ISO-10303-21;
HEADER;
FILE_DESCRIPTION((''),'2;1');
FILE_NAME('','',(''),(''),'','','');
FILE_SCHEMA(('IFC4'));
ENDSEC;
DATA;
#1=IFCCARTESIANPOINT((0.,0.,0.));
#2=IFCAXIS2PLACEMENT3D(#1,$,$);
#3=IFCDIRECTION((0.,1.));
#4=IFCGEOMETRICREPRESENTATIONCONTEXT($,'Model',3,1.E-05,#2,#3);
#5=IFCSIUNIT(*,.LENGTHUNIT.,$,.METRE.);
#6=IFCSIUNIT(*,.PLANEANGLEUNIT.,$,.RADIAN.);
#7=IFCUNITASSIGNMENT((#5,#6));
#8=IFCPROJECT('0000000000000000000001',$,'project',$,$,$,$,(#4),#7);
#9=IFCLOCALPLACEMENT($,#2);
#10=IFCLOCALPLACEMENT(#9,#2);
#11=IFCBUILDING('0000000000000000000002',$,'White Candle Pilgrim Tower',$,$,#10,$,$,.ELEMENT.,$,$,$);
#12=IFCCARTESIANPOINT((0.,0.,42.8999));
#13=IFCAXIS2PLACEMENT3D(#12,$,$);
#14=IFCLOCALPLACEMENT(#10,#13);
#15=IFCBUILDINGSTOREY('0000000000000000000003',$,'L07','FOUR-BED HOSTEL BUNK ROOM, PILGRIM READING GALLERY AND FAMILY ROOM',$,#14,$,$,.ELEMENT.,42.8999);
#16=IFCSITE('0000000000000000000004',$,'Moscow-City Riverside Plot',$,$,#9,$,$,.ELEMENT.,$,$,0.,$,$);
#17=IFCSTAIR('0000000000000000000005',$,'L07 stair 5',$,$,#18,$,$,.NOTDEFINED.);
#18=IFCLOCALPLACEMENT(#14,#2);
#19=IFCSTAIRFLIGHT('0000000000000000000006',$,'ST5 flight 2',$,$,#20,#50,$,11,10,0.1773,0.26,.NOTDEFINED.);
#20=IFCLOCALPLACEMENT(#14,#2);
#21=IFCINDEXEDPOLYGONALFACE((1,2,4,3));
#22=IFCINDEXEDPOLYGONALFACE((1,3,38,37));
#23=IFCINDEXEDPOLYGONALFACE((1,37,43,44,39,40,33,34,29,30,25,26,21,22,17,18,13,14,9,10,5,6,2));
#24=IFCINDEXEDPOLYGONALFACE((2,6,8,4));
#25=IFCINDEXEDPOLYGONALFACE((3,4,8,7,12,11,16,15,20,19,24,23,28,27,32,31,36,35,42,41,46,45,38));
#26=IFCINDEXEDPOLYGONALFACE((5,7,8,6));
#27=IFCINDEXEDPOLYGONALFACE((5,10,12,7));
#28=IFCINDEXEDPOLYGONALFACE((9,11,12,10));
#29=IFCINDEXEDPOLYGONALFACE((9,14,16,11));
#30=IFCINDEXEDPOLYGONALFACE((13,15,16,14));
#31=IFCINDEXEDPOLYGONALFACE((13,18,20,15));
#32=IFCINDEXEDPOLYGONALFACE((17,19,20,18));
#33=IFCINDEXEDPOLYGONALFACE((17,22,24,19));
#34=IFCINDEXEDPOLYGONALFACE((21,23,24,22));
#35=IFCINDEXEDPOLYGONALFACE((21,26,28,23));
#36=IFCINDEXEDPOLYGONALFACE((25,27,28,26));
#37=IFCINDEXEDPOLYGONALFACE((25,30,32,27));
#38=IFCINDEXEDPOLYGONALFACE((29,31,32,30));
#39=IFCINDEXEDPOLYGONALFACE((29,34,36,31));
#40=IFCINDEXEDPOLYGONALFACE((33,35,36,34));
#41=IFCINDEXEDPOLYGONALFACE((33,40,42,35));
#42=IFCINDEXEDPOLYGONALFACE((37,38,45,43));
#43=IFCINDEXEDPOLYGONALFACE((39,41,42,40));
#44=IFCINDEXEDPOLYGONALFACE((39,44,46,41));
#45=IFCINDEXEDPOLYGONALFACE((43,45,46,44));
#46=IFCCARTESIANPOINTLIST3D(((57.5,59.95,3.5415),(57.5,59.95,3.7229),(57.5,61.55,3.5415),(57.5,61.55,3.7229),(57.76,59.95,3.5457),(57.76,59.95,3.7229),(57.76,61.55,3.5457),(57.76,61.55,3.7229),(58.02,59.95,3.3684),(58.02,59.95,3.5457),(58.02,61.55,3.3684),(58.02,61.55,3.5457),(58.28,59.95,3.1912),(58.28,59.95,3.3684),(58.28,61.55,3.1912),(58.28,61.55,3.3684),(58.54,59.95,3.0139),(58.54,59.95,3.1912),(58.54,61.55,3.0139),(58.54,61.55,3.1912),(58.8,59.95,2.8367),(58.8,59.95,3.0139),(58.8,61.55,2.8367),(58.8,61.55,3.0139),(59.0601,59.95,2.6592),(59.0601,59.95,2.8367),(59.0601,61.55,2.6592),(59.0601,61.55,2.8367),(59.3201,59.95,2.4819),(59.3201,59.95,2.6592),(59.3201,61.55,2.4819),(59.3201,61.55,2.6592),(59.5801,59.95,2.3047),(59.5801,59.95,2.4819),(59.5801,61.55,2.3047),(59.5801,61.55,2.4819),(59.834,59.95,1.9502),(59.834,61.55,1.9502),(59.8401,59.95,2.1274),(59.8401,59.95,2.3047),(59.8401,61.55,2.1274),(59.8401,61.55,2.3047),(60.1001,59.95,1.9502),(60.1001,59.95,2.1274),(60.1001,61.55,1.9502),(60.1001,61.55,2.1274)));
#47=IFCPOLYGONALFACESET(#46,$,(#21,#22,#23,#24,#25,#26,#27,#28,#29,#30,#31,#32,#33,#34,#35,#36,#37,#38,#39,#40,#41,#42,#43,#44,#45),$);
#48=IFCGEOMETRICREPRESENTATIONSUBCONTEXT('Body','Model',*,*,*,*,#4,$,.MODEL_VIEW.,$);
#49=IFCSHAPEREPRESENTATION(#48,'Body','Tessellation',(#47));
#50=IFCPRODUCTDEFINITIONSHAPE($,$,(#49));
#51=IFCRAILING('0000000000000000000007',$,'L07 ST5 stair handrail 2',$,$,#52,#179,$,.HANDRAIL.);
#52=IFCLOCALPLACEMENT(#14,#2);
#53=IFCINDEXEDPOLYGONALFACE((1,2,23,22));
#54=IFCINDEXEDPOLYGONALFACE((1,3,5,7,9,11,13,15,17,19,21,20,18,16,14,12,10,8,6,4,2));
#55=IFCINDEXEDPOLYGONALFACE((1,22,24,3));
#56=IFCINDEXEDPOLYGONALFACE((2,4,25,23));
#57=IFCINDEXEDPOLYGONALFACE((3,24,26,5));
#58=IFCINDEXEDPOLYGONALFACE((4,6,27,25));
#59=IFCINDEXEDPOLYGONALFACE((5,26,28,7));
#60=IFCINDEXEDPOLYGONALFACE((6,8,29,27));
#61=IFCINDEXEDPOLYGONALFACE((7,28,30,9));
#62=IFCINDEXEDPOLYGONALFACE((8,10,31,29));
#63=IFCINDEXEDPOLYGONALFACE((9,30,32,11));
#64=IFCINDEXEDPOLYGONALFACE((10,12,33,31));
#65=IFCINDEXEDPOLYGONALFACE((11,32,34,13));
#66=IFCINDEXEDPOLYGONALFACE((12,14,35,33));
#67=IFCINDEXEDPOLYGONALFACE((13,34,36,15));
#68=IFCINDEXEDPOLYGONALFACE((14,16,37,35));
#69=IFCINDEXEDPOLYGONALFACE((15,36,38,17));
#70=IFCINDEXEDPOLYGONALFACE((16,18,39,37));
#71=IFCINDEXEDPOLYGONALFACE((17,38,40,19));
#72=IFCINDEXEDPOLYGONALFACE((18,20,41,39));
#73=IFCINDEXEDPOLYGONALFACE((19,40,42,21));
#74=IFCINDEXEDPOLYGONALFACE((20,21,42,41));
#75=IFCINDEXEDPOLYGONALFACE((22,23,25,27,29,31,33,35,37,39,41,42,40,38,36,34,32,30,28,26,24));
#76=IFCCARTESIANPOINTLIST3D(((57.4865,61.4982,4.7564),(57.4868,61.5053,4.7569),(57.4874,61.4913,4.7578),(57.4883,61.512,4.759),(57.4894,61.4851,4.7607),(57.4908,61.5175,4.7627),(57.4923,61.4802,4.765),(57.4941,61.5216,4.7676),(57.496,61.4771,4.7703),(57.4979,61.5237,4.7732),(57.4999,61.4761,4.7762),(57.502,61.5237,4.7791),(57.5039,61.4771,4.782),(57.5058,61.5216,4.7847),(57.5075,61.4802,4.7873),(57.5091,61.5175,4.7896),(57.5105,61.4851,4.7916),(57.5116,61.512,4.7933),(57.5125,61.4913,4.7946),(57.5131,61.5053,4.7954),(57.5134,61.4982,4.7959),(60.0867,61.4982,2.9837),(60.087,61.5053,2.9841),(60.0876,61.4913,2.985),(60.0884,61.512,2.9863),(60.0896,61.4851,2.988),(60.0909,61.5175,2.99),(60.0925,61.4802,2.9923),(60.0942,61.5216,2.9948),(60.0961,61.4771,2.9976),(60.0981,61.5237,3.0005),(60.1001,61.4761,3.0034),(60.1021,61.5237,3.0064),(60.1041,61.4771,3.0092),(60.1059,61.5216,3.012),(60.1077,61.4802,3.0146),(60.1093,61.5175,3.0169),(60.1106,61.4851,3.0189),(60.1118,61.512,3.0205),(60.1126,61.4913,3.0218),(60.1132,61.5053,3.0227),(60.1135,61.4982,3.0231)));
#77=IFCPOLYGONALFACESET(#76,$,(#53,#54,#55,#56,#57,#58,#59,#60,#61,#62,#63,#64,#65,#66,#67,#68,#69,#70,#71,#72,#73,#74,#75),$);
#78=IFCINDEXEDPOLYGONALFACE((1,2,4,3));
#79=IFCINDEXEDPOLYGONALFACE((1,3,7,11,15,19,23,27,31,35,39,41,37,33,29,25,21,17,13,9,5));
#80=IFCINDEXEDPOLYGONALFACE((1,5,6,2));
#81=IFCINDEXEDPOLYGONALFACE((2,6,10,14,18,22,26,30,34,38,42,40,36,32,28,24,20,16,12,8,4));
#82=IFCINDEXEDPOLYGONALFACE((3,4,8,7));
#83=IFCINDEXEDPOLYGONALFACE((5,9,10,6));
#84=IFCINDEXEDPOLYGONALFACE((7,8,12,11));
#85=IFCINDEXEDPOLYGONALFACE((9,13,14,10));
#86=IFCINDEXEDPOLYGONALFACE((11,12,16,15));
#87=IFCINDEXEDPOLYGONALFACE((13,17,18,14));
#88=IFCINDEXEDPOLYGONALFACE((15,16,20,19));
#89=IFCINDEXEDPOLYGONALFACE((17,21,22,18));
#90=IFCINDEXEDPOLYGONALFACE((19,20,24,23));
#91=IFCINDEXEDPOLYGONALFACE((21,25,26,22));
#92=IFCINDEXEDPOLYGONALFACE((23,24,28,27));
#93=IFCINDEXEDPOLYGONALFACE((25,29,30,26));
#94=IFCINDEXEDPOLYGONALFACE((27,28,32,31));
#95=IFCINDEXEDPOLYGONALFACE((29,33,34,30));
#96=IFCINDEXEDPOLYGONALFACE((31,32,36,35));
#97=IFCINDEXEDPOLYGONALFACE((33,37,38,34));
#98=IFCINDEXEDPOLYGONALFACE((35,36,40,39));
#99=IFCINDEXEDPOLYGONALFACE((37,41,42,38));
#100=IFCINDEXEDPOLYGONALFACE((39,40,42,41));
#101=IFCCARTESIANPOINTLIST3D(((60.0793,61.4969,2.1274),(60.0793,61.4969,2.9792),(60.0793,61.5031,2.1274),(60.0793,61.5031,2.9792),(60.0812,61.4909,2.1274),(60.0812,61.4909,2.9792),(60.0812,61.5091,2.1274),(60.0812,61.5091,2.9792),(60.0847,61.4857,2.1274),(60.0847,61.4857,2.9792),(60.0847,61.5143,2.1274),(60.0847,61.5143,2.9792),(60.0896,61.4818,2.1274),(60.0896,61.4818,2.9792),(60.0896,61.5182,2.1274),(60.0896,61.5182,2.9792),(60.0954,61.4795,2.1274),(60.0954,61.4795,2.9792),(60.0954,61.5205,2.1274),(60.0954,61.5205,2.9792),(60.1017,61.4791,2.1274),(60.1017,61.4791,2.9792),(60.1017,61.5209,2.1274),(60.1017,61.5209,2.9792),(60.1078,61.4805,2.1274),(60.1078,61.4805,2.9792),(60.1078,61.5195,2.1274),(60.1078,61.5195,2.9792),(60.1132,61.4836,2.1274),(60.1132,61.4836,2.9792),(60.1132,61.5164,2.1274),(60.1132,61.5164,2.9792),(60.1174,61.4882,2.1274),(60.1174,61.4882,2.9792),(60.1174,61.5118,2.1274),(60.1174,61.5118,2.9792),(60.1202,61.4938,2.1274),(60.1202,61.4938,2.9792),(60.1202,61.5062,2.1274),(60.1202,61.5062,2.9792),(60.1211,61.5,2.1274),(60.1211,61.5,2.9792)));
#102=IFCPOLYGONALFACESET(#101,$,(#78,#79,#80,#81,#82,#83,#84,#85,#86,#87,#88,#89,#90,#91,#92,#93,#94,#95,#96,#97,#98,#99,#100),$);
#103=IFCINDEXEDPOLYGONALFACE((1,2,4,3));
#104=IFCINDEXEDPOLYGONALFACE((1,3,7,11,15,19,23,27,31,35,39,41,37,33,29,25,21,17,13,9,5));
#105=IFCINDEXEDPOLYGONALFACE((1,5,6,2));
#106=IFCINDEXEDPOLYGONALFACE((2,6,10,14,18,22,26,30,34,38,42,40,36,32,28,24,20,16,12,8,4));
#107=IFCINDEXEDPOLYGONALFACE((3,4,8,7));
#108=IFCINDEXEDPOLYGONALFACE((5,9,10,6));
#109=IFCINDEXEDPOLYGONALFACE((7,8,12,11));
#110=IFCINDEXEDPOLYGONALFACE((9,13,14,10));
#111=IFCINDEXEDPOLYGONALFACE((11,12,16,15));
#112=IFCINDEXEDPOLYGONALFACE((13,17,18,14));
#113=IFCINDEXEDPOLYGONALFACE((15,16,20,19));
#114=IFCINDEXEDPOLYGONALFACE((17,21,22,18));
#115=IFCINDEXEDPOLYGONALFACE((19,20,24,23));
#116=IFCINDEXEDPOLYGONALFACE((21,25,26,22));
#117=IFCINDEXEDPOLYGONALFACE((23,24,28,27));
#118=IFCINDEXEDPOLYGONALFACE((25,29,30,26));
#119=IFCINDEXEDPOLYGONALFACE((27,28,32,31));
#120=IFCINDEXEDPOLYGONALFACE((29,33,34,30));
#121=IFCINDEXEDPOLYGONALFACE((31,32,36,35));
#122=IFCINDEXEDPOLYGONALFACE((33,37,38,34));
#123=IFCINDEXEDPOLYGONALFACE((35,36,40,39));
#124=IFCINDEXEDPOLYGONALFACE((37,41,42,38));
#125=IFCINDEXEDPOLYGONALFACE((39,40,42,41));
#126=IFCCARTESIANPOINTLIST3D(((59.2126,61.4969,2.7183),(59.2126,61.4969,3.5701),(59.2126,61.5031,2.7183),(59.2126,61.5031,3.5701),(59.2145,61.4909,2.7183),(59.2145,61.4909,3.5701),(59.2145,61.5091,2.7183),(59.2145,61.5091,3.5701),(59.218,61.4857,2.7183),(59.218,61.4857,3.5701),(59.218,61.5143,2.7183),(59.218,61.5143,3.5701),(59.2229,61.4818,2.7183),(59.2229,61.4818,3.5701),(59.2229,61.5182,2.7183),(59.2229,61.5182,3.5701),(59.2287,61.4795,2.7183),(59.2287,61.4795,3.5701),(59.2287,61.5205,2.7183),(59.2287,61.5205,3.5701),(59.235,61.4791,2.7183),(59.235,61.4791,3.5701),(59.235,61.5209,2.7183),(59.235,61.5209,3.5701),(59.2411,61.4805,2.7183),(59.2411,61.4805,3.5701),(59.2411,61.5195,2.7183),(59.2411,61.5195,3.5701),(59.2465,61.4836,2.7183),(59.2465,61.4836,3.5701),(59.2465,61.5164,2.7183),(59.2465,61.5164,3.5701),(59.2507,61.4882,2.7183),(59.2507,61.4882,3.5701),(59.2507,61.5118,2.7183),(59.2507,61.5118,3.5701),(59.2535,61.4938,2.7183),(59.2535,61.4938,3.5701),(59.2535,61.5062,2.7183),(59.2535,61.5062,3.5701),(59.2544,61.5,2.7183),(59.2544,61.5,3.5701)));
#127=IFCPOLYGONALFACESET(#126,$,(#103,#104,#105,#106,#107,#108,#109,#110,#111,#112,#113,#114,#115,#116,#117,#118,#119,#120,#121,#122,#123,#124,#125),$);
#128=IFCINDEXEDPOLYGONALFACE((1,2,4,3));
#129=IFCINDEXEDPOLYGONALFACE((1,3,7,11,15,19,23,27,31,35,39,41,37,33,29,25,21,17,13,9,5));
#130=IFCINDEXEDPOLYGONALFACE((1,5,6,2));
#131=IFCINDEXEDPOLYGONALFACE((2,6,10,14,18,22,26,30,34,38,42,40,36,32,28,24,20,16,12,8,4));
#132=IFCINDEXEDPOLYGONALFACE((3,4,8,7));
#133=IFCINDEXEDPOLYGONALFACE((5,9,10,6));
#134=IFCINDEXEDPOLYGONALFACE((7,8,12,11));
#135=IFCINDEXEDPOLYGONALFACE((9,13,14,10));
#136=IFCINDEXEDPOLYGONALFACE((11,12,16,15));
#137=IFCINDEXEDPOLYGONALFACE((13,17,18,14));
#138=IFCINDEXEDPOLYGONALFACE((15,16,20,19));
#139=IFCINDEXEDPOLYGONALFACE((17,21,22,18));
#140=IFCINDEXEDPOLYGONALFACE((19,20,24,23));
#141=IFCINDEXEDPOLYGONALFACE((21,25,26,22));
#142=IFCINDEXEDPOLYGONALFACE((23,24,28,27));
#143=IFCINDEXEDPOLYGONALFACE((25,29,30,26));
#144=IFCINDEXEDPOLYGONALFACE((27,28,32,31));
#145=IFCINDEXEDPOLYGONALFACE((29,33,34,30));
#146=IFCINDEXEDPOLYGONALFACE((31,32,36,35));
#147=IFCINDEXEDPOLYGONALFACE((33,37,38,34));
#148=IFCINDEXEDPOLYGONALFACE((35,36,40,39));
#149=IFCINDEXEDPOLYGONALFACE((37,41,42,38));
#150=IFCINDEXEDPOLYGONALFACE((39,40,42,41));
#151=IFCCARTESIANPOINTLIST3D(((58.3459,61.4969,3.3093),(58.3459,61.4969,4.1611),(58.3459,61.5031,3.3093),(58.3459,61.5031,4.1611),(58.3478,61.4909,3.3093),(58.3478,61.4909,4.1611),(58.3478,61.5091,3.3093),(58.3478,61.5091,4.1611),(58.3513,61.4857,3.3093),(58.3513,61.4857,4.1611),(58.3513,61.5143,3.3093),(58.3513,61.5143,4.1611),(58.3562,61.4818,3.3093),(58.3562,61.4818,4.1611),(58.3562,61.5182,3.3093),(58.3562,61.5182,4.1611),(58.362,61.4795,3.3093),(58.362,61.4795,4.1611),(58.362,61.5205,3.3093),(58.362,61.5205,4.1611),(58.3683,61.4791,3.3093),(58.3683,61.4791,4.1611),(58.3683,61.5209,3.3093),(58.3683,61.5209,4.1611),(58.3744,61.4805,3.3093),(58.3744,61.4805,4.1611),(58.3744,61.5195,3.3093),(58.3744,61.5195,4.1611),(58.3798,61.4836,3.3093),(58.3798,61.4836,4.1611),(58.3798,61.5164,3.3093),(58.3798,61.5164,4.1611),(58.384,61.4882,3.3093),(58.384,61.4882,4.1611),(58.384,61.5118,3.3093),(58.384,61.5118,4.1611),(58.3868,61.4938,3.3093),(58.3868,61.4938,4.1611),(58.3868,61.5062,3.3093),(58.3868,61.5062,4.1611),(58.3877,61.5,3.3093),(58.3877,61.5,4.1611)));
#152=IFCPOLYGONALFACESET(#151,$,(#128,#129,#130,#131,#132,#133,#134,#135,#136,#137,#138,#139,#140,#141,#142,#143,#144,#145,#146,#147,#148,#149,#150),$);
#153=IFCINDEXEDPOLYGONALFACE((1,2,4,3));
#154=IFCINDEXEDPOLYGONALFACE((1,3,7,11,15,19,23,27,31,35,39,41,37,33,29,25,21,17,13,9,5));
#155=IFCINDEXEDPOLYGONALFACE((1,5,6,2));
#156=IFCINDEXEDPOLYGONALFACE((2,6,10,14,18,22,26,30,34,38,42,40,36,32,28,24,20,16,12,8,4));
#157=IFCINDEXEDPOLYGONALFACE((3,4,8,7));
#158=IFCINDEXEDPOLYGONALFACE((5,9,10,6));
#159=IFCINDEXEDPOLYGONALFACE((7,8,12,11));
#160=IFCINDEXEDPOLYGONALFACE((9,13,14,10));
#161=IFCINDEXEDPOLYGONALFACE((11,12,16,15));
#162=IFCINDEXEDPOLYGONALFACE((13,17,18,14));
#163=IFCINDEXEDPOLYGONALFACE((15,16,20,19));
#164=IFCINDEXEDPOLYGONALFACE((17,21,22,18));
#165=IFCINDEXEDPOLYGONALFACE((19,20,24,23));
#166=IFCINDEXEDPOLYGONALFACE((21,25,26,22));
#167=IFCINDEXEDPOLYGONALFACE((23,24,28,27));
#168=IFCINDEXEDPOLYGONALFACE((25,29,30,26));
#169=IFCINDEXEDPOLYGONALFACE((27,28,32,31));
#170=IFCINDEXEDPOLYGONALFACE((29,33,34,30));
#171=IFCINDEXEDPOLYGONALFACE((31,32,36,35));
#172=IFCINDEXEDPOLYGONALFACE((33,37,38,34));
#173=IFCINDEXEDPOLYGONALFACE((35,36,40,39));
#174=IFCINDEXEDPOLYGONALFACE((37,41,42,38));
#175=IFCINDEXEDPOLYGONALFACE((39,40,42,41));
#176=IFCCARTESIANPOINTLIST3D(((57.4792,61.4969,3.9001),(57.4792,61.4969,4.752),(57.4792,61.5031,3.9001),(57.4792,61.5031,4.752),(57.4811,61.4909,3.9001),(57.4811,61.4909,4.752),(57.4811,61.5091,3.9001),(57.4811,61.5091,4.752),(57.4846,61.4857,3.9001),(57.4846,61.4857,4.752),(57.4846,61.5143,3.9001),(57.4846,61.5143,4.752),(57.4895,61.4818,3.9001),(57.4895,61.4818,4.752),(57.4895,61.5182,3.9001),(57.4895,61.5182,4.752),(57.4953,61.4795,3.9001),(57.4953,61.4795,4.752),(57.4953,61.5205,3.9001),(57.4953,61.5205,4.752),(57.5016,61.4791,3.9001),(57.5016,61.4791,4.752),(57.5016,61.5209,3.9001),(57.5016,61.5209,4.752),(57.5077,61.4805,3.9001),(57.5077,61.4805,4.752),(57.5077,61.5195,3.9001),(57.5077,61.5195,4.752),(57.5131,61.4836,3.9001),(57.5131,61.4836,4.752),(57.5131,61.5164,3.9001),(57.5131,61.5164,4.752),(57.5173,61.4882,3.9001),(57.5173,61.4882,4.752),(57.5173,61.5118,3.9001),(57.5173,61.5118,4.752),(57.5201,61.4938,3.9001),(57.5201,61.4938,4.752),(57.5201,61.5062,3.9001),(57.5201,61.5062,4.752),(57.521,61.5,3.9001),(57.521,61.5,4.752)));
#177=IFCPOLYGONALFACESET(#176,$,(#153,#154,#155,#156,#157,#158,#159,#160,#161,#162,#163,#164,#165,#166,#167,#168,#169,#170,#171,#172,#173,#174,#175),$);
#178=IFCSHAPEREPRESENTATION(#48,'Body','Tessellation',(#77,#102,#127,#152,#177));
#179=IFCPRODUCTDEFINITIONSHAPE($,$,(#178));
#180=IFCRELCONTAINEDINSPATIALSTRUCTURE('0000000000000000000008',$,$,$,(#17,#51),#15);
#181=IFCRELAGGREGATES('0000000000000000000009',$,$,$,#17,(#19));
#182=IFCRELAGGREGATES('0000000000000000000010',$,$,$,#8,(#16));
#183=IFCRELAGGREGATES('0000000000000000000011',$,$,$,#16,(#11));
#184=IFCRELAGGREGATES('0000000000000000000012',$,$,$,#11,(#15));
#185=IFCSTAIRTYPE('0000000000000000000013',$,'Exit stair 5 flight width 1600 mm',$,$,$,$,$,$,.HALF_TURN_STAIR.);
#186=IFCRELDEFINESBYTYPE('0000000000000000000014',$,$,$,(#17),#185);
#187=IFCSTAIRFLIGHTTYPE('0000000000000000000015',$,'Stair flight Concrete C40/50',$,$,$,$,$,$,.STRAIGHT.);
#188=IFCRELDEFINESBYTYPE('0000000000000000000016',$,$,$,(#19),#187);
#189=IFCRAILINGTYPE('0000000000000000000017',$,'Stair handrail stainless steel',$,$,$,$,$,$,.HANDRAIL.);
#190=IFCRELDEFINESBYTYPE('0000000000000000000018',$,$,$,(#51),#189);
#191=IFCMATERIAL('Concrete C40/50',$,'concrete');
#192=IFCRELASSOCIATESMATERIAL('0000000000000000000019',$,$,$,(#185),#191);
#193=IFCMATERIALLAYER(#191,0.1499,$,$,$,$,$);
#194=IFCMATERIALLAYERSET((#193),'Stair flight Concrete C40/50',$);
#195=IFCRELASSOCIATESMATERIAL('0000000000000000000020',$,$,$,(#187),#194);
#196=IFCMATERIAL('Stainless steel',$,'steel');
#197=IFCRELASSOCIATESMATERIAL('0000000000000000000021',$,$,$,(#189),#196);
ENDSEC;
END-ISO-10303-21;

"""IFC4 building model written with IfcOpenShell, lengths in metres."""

from ifc_helpers import new_model, si_unit, direction, frame, origin, origin_2d, place, context, subcontext, project, spatial, polyline, circle, outline, extrude, material, layer, layer_set, type_object, element, aggregate, save


model = new_model("IFC4")

# Units and contexts
model_context = context("Model", 3, precision=1e-05, world=origin(), true_north=direction((0.0, 1.0)))
body_context = subcontext(model_context, "Body", "Model", "MODEL_VIEW")
ifc_project = project(units=[si_unit("LENGTHUNIT", "METRE"), si_unit("PLANEANGLEUNIT", "RADIAN")], contexts=[model_context])

# Site, building, storey
site_placement = place(None, origin())
site = spatial("IfcSite", under=ifc_project, at=site_placement, Name="Moscow-City Riverside Plot", CompositionType="ELEMENT", RefElevation=0.0)
building_placement = place(site_placement, origin())
building = spatial("IfcBuilding", under=site, at=building_placement, Name="White Candle Pilgrim Tower", CompositionType="ELEMENT")
storey_placement = place(building_placement, frame((0.0, 0.0, 42.8999)))
storey = spatial("IfcBuildingStorey", under=building, at=storey_placement, Name="L07", Description="FOUR-BED HOSTEL BUNK ROOM, PILGRIM READING GALLERY AND FAMILY ROOM", CompositionType="ELEMENT", Elevation=42.8999)

# Shared definitions
ifc_material_1 = material(Name="Stainless steel", Category="steel")

# Stair, stair flight
ifc_material_2 = material(Name="Concrete C40/50", Category="concrete")
stair_type = type_object("IfcStairType", Name="Exit stair 5 flight width 1600 mm", PredefinedType="HALF_TURN_STAIR", material=ifc_material_2)
stair_placement = place(storey_placement, origin())
stair = element("IfcStair", 1, at=stair_placement, inside=storey, type_object=stair_type, Name="L07 stair 5", PredefinedType="NOTDEFINED")
ifc_layer_1 = layer(ifc_material_2, 0.1499)
ifc_layer_set_1 = layer_set([ifc_layer_1], Name="Stair flight Concrete C40/50")
stair_flight_type = type_object("IfcStairFlightType", Name="Stair flight Concrete C40/50", PredefinedType="STRAIGHT", material=ifc_layer_set_1)
stair_flight_placement = place(storey_placement, frame((60.1001, 60.75, 1.9502), z_axis=(0.0, 0.0, 1.0), x_axis=(-1.0, 0.0, 0.0)))
stair_flight = element("IfcStairFlight", 2, at=stair_flight_placement, type_object=stair_flight_type, Name="ST5 flight 2", NumberOfRisers=11, NumberOfTreads=10, PredefinedType="NOTDEFINED", RiserHeight=0.1773, TreadLength=0.26, context=body_context, shape_type="SweptSolid", body=[
    extrude(outline(polyline([(0.0, 0.0), (0.0, 0.1772), (0.26, 0.1772), (0.26, 0.3545), (0.52, 0.3545), (0.52, 0.5317), (0.78, 0.5317), (0.78, 0.709), (1.04, 0.709), (1.04, 0.8865), (1.3, 0.8865), (1.3, 1.0637), (1.5601, 1.0637), (1.5601, 1.241), (1.8201, 1.241), (1.8201, 1.4182), (2.0801, 1.4182), (2.0801, 1.5955), (2.3401, 1.5955), (2.3401, 1.7727), (2.6001, 1.7727), (2.6001, 1.95), (2.6001, 1.5913), (0.2661, 0.0), (0.0, 0.0)])), frame((0.0, 0.8, 0.0), z_axis=(0.0, -1.0, 0.0), x_axis=(1.0, 0.0, 0.0)), (0.0, 0.0, 1.0), 1.6001),
])
aggregate(stair, [stair_flight])

# Railing
railing_type = type_object("IfcRailingType", Name="Stair handrail stainless steel", PredefinedType="HANDRAIL", material=ifc_material_1)
railing_placement = place(storey_placement, frame((60.1001, 61.5, 2.1274)))
element("IfcRailing", 3, at=railing_placement, inside=storey, type_object=railing_type, Name="L07 ST5 stair handrail 2", PredefinedType="HANDRAIL", context=body_context, shape_type="SweptSolid", body=[
    extrude(circle(Radius=0.0239, at=origin_2d()), frame((0.0, 0.0, 0.876), z_axis=(-0.82624, 0.0, 0.563318), x_axis=(0.0, -1.0, 0.0)), (0.0, 0.0, 1.0), 3.147),
    extrude(circle(Radius=0.021, at=origin_2d()), origin(), (0.0, 0.0, 1.0), 0.8518),
    extrude(circle(Radius=0.021, at=origin_2d()), frame((-0.8667, 0.0, 0.5908)), (0.0, 0.0, 1.0), 0.8518),
    extrude(circle(Radius=0.021, at=origin_2d()), frame((-1.7334, 0.0, 1.1819)), (0.0, 0.0, 1.0), 0.8518),
    extrude(circle(Radius=0.021, at=origin_2d()), frame((-2.6001, 0.0, 1.7727)), (0.0, 0.0, 1.0), 0.8518),
])

save(model, "model.ifc")
